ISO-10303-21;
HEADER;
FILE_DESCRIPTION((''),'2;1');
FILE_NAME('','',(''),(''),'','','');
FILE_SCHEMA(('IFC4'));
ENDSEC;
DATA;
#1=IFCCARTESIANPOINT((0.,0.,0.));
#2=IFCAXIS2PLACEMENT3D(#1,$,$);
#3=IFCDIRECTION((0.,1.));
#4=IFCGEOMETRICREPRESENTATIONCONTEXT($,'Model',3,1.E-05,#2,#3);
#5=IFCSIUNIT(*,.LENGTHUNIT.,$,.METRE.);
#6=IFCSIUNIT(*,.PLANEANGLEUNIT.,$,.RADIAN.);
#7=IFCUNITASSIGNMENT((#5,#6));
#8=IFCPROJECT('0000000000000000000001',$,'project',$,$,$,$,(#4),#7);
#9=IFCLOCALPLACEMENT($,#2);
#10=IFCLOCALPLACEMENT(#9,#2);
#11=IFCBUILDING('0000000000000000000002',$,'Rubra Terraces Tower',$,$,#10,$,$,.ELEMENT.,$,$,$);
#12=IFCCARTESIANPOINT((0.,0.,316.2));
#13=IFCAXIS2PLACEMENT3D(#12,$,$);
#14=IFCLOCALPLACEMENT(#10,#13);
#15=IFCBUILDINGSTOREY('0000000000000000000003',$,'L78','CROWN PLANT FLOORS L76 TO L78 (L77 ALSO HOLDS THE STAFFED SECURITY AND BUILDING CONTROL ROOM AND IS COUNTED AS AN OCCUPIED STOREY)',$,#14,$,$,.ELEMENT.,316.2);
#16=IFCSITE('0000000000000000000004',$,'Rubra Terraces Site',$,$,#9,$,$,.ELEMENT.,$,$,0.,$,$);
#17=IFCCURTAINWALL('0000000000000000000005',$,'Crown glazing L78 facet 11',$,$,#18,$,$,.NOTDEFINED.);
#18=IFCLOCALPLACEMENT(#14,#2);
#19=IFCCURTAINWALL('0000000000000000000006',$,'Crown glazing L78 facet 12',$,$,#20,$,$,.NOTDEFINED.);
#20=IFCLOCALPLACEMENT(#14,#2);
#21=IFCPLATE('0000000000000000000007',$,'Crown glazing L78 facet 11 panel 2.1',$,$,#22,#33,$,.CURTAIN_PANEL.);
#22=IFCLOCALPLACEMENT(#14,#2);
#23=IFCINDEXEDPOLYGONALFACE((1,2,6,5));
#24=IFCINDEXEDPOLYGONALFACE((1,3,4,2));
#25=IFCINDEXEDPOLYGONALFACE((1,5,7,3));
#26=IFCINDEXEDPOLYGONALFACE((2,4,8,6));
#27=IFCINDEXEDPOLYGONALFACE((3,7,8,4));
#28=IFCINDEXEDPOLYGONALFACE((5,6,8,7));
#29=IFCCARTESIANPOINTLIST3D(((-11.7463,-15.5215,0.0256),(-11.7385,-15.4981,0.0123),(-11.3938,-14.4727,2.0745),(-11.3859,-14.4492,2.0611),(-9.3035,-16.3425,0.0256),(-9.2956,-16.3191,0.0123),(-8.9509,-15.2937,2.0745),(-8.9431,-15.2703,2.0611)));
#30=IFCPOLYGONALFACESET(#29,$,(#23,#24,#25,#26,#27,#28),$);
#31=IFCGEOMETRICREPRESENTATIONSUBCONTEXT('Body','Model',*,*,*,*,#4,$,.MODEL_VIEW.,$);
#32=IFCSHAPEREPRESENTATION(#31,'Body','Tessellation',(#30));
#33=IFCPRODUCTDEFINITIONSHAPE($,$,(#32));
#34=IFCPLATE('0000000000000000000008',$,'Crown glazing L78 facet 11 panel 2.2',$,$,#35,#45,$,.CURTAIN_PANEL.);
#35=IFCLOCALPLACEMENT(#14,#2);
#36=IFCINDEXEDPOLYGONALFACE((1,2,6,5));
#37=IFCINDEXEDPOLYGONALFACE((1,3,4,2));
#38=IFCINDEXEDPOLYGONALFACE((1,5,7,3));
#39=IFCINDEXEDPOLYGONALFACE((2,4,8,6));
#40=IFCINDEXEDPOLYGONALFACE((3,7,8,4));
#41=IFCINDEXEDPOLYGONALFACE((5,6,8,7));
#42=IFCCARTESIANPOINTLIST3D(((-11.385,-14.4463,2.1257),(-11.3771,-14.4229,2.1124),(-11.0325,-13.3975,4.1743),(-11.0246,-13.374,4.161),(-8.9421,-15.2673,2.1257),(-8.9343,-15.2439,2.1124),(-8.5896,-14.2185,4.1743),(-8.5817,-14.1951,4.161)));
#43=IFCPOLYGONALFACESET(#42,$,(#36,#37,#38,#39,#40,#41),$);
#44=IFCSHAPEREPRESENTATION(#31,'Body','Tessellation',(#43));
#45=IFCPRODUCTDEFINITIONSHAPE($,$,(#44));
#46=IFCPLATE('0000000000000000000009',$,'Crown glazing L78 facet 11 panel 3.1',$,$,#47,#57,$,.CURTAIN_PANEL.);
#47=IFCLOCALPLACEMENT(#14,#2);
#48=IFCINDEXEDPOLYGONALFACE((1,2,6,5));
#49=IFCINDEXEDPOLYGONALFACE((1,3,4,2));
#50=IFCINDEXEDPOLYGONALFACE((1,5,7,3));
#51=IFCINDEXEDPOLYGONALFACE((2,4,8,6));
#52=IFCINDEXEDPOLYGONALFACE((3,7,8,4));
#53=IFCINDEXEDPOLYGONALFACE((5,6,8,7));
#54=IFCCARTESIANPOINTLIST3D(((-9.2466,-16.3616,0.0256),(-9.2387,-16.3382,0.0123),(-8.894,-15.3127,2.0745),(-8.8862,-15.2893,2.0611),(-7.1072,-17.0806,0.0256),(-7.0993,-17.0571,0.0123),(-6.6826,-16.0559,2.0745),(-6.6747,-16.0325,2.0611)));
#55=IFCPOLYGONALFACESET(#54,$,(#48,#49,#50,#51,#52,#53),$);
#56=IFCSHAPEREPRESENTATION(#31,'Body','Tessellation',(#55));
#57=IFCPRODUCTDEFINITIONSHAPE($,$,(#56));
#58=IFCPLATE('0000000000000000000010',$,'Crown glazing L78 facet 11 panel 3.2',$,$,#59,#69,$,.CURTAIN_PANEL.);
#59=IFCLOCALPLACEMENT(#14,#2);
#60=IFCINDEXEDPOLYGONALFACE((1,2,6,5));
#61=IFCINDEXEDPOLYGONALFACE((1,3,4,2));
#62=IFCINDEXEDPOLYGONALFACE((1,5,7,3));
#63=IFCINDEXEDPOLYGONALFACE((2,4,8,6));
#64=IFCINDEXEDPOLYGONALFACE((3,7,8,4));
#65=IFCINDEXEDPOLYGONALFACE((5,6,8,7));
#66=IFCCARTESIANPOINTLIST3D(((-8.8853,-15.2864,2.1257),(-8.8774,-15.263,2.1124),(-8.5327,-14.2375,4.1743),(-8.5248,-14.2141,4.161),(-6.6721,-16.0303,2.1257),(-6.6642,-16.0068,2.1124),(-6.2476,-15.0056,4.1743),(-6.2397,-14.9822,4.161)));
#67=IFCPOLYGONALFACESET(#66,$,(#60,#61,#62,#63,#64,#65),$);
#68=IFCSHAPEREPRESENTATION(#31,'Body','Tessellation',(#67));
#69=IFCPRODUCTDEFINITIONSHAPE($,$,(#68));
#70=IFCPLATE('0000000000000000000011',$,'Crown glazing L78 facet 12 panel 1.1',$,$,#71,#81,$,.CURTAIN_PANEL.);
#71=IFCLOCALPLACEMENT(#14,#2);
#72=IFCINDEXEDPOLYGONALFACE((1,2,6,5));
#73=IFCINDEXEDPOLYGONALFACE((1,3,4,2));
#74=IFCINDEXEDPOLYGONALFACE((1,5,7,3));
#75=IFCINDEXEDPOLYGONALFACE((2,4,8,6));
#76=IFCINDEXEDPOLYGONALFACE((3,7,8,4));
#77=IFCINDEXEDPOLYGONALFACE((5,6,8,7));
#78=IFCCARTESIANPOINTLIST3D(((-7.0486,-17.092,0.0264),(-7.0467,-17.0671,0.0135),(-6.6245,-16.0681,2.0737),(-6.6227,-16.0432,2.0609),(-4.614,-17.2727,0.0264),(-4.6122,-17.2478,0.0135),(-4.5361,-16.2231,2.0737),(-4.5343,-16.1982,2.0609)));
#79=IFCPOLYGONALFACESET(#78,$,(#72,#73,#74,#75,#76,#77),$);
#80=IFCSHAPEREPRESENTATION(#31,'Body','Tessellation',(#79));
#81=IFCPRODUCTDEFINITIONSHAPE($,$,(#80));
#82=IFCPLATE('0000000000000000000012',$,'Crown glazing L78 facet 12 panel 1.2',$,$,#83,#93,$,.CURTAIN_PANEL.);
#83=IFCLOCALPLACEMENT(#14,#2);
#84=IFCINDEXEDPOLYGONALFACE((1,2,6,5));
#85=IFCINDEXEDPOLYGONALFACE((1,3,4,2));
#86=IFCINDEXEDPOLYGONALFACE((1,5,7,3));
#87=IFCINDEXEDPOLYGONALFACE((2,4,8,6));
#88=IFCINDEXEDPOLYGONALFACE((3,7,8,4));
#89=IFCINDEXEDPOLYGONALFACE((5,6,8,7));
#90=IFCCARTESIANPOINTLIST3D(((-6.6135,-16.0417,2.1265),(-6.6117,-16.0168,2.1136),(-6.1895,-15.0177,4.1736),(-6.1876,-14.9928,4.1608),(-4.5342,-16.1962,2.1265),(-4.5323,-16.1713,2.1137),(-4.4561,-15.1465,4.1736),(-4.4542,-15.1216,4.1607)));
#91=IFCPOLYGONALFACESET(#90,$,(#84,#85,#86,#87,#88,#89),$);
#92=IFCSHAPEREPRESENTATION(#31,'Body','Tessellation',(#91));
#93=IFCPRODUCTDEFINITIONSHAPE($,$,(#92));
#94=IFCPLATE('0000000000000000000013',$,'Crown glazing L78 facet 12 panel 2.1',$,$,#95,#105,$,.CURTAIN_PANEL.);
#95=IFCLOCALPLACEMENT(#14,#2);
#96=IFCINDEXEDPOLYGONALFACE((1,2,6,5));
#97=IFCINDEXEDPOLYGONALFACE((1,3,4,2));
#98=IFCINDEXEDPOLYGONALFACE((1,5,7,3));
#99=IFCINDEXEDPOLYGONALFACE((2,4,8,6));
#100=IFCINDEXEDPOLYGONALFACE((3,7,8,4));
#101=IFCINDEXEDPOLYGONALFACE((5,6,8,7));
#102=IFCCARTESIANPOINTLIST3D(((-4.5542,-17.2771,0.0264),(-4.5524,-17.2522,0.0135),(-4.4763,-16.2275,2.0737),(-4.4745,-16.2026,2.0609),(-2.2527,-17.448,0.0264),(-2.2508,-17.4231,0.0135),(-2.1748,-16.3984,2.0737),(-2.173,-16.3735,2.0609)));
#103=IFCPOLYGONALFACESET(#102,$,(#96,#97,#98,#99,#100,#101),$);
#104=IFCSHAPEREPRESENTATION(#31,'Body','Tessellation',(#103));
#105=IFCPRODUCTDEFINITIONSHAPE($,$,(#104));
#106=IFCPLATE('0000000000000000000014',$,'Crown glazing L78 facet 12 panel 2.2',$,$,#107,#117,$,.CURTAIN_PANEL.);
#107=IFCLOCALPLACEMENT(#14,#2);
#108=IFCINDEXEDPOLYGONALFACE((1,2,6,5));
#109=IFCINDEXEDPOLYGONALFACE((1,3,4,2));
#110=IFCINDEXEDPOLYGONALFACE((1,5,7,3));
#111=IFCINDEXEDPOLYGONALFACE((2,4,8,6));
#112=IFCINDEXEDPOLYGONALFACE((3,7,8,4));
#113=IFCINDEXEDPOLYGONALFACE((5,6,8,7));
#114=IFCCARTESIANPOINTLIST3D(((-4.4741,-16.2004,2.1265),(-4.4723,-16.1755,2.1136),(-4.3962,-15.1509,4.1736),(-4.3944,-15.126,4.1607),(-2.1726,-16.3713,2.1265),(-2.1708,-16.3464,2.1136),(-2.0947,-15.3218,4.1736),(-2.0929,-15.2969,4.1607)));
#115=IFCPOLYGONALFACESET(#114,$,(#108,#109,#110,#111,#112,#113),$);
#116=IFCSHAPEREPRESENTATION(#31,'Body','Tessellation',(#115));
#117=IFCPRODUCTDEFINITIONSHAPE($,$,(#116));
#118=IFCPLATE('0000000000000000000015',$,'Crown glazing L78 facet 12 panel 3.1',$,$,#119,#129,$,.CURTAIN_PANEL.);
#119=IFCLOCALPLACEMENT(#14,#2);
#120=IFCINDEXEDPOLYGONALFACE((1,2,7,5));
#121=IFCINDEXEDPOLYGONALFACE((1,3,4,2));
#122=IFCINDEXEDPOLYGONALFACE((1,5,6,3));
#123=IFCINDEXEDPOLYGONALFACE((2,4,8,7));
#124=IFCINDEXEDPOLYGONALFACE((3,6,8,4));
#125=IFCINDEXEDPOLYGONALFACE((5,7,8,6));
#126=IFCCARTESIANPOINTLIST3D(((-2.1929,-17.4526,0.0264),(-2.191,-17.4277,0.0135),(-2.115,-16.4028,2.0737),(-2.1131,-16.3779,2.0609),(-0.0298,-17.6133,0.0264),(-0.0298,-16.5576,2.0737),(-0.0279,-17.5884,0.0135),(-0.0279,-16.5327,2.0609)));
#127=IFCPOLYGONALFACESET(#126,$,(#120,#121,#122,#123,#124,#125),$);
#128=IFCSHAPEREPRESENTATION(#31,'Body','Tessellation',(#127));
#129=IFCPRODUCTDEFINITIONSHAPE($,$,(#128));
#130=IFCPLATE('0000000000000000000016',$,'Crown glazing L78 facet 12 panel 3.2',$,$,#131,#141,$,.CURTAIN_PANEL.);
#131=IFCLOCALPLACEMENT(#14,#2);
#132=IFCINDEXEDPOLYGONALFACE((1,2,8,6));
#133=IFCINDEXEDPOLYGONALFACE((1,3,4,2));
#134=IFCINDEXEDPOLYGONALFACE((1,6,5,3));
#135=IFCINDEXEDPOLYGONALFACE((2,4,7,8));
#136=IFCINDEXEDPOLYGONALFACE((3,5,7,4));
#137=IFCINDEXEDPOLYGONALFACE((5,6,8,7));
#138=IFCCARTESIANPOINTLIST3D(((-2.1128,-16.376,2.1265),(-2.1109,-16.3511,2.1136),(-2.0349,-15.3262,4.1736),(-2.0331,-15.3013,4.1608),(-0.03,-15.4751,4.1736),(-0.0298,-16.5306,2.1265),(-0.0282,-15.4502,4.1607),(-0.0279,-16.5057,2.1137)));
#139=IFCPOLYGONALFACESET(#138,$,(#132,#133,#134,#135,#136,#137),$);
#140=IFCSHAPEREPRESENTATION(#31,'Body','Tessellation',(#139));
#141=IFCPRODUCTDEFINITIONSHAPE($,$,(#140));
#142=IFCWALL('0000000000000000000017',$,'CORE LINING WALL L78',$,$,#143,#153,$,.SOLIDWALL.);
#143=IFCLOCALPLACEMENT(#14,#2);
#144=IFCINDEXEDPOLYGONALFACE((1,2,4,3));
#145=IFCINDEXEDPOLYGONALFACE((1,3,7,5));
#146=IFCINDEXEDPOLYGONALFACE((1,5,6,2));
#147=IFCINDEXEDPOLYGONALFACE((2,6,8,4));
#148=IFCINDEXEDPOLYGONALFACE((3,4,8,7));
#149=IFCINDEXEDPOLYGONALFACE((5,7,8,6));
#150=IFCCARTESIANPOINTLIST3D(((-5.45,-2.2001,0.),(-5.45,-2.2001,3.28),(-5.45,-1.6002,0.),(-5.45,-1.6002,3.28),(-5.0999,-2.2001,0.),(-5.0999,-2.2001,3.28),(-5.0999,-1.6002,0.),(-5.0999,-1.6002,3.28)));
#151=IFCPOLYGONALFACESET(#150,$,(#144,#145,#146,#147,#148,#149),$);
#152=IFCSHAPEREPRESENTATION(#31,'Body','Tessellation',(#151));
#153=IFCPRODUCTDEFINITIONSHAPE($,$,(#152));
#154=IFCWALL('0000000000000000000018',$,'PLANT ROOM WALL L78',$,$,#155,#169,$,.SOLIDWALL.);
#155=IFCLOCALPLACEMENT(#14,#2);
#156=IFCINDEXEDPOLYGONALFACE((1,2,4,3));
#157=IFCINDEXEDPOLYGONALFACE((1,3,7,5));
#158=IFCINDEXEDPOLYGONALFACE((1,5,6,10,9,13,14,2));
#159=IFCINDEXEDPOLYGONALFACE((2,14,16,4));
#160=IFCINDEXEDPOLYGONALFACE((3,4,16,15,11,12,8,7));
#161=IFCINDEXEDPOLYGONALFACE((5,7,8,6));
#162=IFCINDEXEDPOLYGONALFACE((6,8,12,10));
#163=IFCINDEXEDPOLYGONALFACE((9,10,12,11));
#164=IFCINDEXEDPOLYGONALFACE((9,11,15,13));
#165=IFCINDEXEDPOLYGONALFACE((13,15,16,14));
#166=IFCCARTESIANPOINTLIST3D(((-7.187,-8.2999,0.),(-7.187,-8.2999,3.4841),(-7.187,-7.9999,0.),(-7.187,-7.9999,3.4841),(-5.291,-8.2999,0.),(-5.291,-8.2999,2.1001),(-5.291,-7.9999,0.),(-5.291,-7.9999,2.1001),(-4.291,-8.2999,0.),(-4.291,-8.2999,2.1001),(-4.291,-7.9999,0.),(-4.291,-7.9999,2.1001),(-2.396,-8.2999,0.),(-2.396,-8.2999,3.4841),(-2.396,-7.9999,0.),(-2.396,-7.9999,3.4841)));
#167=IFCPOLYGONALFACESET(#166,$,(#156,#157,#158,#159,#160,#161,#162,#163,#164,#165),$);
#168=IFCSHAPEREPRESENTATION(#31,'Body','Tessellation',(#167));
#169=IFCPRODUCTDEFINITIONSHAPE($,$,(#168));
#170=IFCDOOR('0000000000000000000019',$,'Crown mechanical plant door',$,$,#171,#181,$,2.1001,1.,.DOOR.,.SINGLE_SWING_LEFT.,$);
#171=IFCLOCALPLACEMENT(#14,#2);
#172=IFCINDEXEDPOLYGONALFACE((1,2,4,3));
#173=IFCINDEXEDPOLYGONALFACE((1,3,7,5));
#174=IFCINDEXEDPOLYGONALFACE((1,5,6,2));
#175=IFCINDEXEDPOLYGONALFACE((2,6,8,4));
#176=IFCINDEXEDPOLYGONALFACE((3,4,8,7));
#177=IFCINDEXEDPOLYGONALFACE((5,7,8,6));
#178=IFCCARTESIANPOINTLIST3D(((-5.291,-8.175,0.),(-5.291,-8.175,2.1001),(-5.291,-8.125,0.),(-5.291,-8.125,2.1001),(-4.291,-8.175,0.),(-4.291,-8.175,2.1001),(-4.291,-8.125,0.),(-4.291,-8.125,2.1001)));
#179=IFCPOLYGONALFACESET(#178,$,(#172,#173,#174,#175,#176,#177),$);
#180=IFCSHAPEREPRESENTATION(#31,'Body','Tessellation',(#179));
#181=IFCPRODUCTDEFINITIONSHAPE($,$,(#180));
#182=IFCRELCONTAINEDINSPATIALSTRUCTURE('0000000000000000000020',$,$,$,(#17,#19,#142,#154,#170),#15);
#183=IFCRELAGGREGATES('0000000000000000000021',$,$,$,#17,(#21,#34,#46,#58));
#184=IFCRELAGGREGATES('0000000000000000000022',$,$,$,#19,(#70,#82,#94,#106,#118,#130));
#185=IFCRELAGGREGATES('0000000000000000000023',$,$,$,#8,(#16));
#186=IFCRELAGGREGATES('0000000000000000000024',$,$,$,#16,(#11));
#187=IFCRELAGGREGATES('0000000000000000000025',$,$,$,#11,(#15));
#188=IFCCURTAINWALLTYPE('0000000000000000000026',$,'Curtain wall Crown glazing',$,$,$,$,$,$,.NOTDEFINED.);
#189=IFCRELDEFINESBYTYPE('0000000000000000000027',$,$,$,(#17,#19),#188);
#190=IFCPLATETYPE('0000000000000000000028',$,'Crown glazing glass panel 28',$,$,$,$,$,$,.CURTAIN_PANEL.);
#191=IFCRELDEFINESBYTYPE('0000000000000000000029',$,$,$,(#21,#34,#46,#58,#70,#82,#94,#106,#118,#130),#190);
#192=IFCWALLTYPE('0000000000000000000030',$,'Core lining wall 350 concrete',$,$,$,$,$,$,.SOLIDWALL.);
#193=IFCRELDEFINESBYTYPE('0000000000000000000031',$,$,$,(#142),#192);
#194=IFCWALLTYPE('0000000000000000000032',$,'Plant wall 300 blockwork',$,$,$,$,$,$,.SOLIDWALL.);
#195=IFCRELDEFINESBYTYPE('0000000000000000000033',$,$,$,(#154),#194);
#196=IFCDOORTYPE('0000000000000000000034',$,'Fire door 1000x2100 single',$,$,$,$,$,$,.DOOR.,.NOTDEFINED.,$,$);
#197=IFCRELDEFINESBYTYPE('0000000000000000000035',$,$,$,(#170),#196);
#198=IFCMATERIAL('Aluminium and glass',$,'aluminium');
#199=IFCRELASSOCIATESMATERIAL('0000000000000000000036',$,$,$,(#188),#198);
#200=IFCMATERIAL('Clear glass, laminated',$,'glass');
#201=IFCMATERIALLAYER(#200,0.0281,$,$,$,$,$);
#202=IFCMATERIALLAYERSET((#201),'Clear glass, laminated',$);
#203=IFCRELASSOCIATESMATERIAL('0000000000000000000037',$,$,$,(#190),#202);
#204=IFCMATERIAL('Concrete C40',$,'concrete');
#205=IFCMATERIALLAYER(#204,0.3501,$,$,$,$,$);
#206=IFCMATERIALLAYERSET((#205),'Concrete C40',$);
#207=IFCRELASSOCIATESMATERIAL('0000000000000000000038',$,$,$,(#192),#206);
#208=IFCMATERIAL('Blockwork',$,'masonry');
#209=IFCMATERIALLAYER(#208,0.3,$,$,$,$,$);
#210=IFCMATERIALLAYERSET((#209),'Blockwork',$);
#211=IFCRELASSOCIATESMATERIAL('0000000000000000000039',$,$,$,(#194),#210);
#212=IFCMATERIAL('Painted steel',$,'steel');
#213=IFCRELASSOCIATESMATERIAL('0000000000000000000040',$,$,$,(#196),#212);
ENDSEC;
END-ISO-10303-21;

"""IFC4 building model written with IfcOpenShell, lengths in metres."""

from ifc_helpers import new_model, si_unit, direction, frame, frame_2d, origin, place, context, subcontext, project, spatial, polyline, rectangle, outline, extrude, material, layer, layer_set, type_object, element, fill, aggregate, save


model = new_model("IFC4")

# Units and contexts
model_context = context("Model", 3, precision=1e-05, world=origin(), true_north=direction((0.0, 1.0)))
body_context = subcontext(model_context, "Body", "Model", "MODEL_VIEW")
ifc_project = project(units=[si_unit("LENGTHUNIT", "METRE"), si_unit("PLANEANGLEUNIT", "RADIAN")], contexts=[model_context])

# Site, building, storey
site_placement = place(None, origin())
site = spatial("IfcSite", under=ifc_project, at=site_placement, Name="Rubra Terraces Site", CompositionType="ELEMENT", RefElevation=0.0)
building_placement = place(site_placement, origin())
building = spatial("IfcBuilding", under=site, at=building_placement, Name="Rubra Terraces Tower", CompositionType="ELEMENT")
storey_placement = place(building_placement, frame((0.0, 0.0, 316.2)))
storey = spatial("IfcBuildingStorey", under=building, at=storey_placement, Name="L78", Description="CROWN PLANT FLOORS L76 TO L78 (L77 ALSO HOLDS THE STAFFED SECURITY AND BUILDING CONTROL ROOM AND IS COUNTED AS AN OCCUPIED STOREY)", CompositionType="ELEMENT", Elevation=316.2)

# Curtain walls
ifc_material_1 = material(Name="Aluminium and glass", Category="aluminium")
curtain_wall_type = type_object("IfcCurtainWallType", Name="Curtain wall Crown glazing", PredefinedType="NOTDEFINED", material=ifc_material_1)
curtain_wall_1_placement = place(storey_placement, origin())
curtain_wall_1 = element("IfcCurtainWall", 1, at=curtain_wall_1_placement, inside=storey, type_object=curtain_wall_type, Name="Crown glazing L78 facet 11", PredefinedType="NOTDEFINED")
curtain_wall_2_placement = place(storey_placement, origin())
curtain_wall_2 = element("IfcCurtainWall", 2, at=curtain_wall_2_placement, inside=storey, type_object=curtain_wall_type, Name="Crown glazing L78 facet 12", PredefinedType="NOTDEFINED")

# Plates
ifc_material_2 = material(Name="Clear glass, laminated", Category="glass")
ifc_layer_1 = layer(ifc_material_2, 0.0281)
ifc_layer_set_1 = layer_set([ifc_layer_1], Name="Clear glass, laminated")
plate_type = type_object("IfcPlateType", Name="Crown glazing glass panel 28", PredefinedType="CURTAIN_PANEL", material=ifc_layer_set_1)
plate_1_placement = place(storey_placement, frame((-11.7463, -15.5215, 0.0256), z_axis=(-0.280318, -0.834036, 0.47519), x_axis=(0.947894, -0.318586, 0.0)))
plate_1 = element("IfcPlate", 3, at=plate_1_placement, type_object=plate_type, Name="Crown glazing L78 facet 11 panel 2.1", PredefinedType="CURTAIN_PANEL", context=body_context, shape_type="SweptSolid", body=[
    extrude(outline(polyline([(0.0, 0.0), (2.5772, 0.0), (2.5772, 2.3285), (0.0, 2.3285), (0.0, 0.0)])), origin(), (0.0, 0.0, -1.0), 0.0281),
])
plate_2_placement = place(storey_placement, frame((-11.385, -14.4463, 2.1257), z_axis=(-0.280311, -0.834013, 0.475234), x_axis=(0.947894, -0.318586, 0.0)))
plate_2 = element("IfcPlate", 4, at=plate_2_placement, type_object=plate_type, Name="Crown glazing L78 facet 11 panel 2.2", PredefinedType="CURTAIN_PANEL", context=body_context, shape_type="SweptSolid", body=[
    extrude(outline(polyline([(0.0, 0.0), (2.5772, 0.0), (2.5772, 2.3283), (0.0, 2.3283), (0.0, 0.0)])), origin(), (0.0, 0.0, -1.0), 0.0281),
])
plate_3_placement = place(storey_placement, frame((-9.2466, -16.3616, 0.0256), z_axis=(-0.280292, -0.834042, 0.475196), x_axis=(0.947903, -0.318558, -0.000003)))
plate_3 = element("IfcPlate", 5, at=plate_3_placement, type_object=plate_type, Name="Crown glazing L78 facet 11 panel 3.1", PredefinedType="CURTAIN_PANEL", context=body_context, shape_type="SweptSolid", body=[
    extrude(outline(polyline([(0.0, 0.0), (2.257, 0.0), (2.333, 2.3285), (0.0001, 2.3285), (0.0, 0.0)])), origin(), (0.0, 0.0, -1.0), 0.0281),
])
plate_4_placement = place(storey_placement, frame((-8.8853, -15.2864, 2.1257), z_axis=(-0.280325, -0.834005, 0.47524), x_axis=(0.947888, -0.318605, -0.000003)))
plate_4 = element("IfcPlate", 6, at=plate_4_placement, type_object=plate_type, Name="Crown glazing L78 facet 11 panel 3.2", PredefinedType="CURTAIN_PANEL", context=body_context, shape_type="SweptSolid", body=[
    extrude(outline(polyline([(0.0, 0.0), (2.3348, 0.0), (2.4108, 2.3283), (0.0, 2.3283), (0.0, 0.0)])), origin(), (0.0, 0.0, -1.0), 0.0281),
])
aggregate(curtain_wall_1, [plate_1, plate_2, plate_3, plate_4])
plate_5_placement = place(storey_placement, frame((-7.0486, -17.092, 0.0264), z_axis=(-0.065828, -0.886928, 0.457192), x_axis=(0.997257, -0.074014, 0.000005)))
plate_5 = element("IfcPlate", 7, at=plate_5_placement, type_object=plate_type, Name="Crown glazing L78 facet 12 panel 1.1", PredefinedType="CURTAIN_PANEL", context=body_context, shape_type="SweptSolid", body=[
    extrude(outline(polyline([(0.0, 0.0), (2.4413, 0.0), (2.4413, 2.302), (0.3471, 2.3021), (0.0, 0.0)])), origin(), (0.0, 0.0, -1.0), 0.0281),
])
plate_6_placement = place(storey_placement, frame((-6.6135, -16.0417, 2.1265), z_axis=(-0.065876, -0.886878, 0.457284), x_axis=(0.997254, -0.074059, 0.00003)))
plate_6 = element("IfcPlate", 8, at=plate_6_placement, type_object=plate_type, Name="Crown glazing L78 facet 12 panel 1.2", PredefinedType="CURTAIN_PANEL", context=body_context, shape_type="SweptSolid", body=[
    extrude(outline(polyline([(0.0, 0.0), (2.0851, 0.0), (2.0853, 2.3018), (0.3471, 2.3019), (0.0, 0.0)])), origin(), (0.0, 0.0, -1.0), 0.0281),
])
plate_7_placement = place(storey_placement, frame((-4.5542, -17.2771, 0.0264), z_axis=(-0.065859, -0.886931, 0.457182), x_axis=(0.997254, -0.074051, 0.0)))
plate_7 = element("IfcPlate", 9, at=plate_7_placement, type_object=plate_type, Name="Crown glazing L78 facet 12 panel 2.1", PredefinedType="CURTAIN_PANEL", context=body_context, shape_type="SweptSolid", body=[
    extrude(outline(polyline([(0.0, 0.0), (2.3078, 0.0), (2.3078, 2.302), (-0.0001, 2.302), (0.0, 0.0)])), origin(), (0.0, 0.0, -1.0), 0.0281),
])
plate_8_placement = place(storey_placement, frame((-4.4741, -16.2004, 2.1265), z_axis=(-0.065857, -0.886909, 0.457225), x_axis=(0.997254, -0.074051, 0.0)))
plate_8 = element("IfcPlate", 10, at=plate_8_placement, type_object=plate_type, Name="Crown glazing L78 facet 12 panel 2.2", PredefinedType="CURTAIN_PANEL", context=body_context, shape_type="SweptSolid", body=[
    extrude(outline(polyline([(0.0, 0.0), (2.3078, 0.0), (2.3078, 2.3018), (-0.0001, 2.3018), (0.0, 0.0)])), origin(), (0.0, 0.0, -1.0), 0.0281),
])
plate_9_placement = place(storey_placement, frame((-2.1929, -17.4526, 0.0264), z_axis=(-0.06585, -0.886882, 0.457279), x_axis=(0.997255, -0.074048, -0.000007)))
plate_9 = element("IfcPlate", 11, at=plate_9_placement, type_object=plate_type, Name="Crown glazing L78 facet 12 panel 3.1", PredefinedType="CURTAIN_PANEL", context=body_context, shape_type="SweptSolid", body=[
    extrude(outline(polyline([(0.0, 0.0), (2.169, 0.0), (2.0909, 2.3022), (-0.0001, 2.3021), (0.0, 0.0)])), origin(), (0.0, 0.0, -1.0), 0.0281),
])
plate_10_placement = place(storey_placement, frame((-2.1128, -16.376, 2.1265), z_axis=(-0.065838, -0.886884, 0.457277), x_axis=(0.997257, -0.074023, 0.000018)))
plate_10 = element("IfcPlate", 12, at=plate_10_placement, type_object=plate_type, Name="Crown glazing L78 facet 12 panel 3.2", PredefinedType="CURTAIN_PANEL", context=body_context, shape_type="SweptSolid", body=[
    extrude(outline(polyline([(0.0, 0.0), (2.0887, 0.0), (2.0104, 2.3018), (0.0, 2.3019), (0.0, 0.0)])), origin(), (0.0, 0.0, -1.0), 0.0281),
])
aggregate(curtain_wall_2, [plate_5, plate_6, plate_7, plate_8, plate_9, plate_10])

# Wall
ifc_material_3 = material(Name="Concrete C40", Category="concrete")
ifc_layer_2 = layer(ifc_material_3, 0.3501)
ifc_layer_set_2 = layer_set([ifc_layer_2], Name="Concrete C40")
wall_type_1 = type_object("IfcWallType", Name="Core lining wall 350 concrete", PredefinedType="SOLIDWALL", material=ifc_layer_set_2)
wall_1_placement = place(storey_placement, frame((-5.2749, -2.2, 0.0), z_axis=(0.0, 0.0, 1.0), x_axis=(0.0, 1.0, 0.0)))
element("IfcWall", 13, at=wall_1_placement, inside=storey, type_object=wall_type_1, Name="CORE LINING WALL L78", PredefinedType="SOLIDWALL", context=body_context, shape_type="SweptSolid", body=[
    extrude(rectangle(XDim=0.5999, YDim=0.3501, at=frame_2d((0.2998, 0.0))), origin(), (0.0, 0.0, 1.0), 3.28),
])

# Wall, opening, door
ifc_material_4 = material(Name="Blockwork", Category="masonry")
ifc_layer_3 = layer(ifc_material_4, 0.3)
ifc_layer_set_3 = layer_set([ifc_layer_3], Name="Blockwork")
wall_type_2 = type_object("IfcWallType", Name="Plant wall 300 blockwork", PredefinedType="SOLIDWALL", material=ifc_layer_set_3)
wall_2_placement = place(storey_placement, frame((-7.187, -8.1499, 0.0), z_axis=(0.0, 0.0, 1.0), x_axis=(1.0, 0.0, 0.0)))
wall_2 = element("IfcWall", 14, at=wall_2_placement, inside=storey, type_object=wall_type_2, Name="PLANT ROOM WALL L78", PredefinedType="SOLIDWALL", context=body_context, shape_type="SweptSolid", body=[
    extrude(rectangle(XDim=4.791, YDim=0.3, at=frame_2d((2.3955, 0.0))), origin(), (0.0, 0.0, 1.0), 3.4841),
])
opening_1_placement = place(wall_2_placement, frame((1.896, 0.0, 0.0)))
opening_1 = element("IfcOpeningElement", 15, at=opening_1_placement, cuts=wall_2, PredefinedType="OPENING", context=body_context, shape_type="SweptSolid", body=[
    extrude(rectangle(XDim=1.0, YDim=2.1001, at=frame_2d((0.5, 1.05))), frame((0.0, 0.1599, 0.0), z_axis=(0.0, -1.0, 0.0), x_axis=(1.0, 0.0, 0.0)), (0.0, 0.0, 1.0), 0.3201),
])
ifc_material_5 = material(Name="Painted steel", Category="steel")
door_type_1 = type_object("IfcDoorType", Name="Fire door 1000x2100 single", OperationType="NOTDEFINED", PredefinedType="DOOR", material=ifc_material_5)
door_1_placement = place(opening_1_placement, origin())
door_1 = element("IfcDoor", 16, at=door_1_placement, inside=storey, type_object=door_type_1, Name="Crown mechanical plant door", OperationType="SINGLE_SWING_LEFT", OverallHeight=2.1001, OverallWidth=1.0, PredefinedType="DOOR", context=body_context, shape_type="SweptSolid", body=[
    extrude(rectangle(XDim=1.0, YDim=2.1001, at=frame_2d((0.5, 1.05))), frame((0.0, 0.0249, 0.0), z_axis=(0.0, -1.0, 0.0), x_axis=(1.0, 0.0, 0.0)), (0.0, 0.0, 1.0), 0.05),
])
fill(opening_1, door_1)

save(model, "model.ifc")
